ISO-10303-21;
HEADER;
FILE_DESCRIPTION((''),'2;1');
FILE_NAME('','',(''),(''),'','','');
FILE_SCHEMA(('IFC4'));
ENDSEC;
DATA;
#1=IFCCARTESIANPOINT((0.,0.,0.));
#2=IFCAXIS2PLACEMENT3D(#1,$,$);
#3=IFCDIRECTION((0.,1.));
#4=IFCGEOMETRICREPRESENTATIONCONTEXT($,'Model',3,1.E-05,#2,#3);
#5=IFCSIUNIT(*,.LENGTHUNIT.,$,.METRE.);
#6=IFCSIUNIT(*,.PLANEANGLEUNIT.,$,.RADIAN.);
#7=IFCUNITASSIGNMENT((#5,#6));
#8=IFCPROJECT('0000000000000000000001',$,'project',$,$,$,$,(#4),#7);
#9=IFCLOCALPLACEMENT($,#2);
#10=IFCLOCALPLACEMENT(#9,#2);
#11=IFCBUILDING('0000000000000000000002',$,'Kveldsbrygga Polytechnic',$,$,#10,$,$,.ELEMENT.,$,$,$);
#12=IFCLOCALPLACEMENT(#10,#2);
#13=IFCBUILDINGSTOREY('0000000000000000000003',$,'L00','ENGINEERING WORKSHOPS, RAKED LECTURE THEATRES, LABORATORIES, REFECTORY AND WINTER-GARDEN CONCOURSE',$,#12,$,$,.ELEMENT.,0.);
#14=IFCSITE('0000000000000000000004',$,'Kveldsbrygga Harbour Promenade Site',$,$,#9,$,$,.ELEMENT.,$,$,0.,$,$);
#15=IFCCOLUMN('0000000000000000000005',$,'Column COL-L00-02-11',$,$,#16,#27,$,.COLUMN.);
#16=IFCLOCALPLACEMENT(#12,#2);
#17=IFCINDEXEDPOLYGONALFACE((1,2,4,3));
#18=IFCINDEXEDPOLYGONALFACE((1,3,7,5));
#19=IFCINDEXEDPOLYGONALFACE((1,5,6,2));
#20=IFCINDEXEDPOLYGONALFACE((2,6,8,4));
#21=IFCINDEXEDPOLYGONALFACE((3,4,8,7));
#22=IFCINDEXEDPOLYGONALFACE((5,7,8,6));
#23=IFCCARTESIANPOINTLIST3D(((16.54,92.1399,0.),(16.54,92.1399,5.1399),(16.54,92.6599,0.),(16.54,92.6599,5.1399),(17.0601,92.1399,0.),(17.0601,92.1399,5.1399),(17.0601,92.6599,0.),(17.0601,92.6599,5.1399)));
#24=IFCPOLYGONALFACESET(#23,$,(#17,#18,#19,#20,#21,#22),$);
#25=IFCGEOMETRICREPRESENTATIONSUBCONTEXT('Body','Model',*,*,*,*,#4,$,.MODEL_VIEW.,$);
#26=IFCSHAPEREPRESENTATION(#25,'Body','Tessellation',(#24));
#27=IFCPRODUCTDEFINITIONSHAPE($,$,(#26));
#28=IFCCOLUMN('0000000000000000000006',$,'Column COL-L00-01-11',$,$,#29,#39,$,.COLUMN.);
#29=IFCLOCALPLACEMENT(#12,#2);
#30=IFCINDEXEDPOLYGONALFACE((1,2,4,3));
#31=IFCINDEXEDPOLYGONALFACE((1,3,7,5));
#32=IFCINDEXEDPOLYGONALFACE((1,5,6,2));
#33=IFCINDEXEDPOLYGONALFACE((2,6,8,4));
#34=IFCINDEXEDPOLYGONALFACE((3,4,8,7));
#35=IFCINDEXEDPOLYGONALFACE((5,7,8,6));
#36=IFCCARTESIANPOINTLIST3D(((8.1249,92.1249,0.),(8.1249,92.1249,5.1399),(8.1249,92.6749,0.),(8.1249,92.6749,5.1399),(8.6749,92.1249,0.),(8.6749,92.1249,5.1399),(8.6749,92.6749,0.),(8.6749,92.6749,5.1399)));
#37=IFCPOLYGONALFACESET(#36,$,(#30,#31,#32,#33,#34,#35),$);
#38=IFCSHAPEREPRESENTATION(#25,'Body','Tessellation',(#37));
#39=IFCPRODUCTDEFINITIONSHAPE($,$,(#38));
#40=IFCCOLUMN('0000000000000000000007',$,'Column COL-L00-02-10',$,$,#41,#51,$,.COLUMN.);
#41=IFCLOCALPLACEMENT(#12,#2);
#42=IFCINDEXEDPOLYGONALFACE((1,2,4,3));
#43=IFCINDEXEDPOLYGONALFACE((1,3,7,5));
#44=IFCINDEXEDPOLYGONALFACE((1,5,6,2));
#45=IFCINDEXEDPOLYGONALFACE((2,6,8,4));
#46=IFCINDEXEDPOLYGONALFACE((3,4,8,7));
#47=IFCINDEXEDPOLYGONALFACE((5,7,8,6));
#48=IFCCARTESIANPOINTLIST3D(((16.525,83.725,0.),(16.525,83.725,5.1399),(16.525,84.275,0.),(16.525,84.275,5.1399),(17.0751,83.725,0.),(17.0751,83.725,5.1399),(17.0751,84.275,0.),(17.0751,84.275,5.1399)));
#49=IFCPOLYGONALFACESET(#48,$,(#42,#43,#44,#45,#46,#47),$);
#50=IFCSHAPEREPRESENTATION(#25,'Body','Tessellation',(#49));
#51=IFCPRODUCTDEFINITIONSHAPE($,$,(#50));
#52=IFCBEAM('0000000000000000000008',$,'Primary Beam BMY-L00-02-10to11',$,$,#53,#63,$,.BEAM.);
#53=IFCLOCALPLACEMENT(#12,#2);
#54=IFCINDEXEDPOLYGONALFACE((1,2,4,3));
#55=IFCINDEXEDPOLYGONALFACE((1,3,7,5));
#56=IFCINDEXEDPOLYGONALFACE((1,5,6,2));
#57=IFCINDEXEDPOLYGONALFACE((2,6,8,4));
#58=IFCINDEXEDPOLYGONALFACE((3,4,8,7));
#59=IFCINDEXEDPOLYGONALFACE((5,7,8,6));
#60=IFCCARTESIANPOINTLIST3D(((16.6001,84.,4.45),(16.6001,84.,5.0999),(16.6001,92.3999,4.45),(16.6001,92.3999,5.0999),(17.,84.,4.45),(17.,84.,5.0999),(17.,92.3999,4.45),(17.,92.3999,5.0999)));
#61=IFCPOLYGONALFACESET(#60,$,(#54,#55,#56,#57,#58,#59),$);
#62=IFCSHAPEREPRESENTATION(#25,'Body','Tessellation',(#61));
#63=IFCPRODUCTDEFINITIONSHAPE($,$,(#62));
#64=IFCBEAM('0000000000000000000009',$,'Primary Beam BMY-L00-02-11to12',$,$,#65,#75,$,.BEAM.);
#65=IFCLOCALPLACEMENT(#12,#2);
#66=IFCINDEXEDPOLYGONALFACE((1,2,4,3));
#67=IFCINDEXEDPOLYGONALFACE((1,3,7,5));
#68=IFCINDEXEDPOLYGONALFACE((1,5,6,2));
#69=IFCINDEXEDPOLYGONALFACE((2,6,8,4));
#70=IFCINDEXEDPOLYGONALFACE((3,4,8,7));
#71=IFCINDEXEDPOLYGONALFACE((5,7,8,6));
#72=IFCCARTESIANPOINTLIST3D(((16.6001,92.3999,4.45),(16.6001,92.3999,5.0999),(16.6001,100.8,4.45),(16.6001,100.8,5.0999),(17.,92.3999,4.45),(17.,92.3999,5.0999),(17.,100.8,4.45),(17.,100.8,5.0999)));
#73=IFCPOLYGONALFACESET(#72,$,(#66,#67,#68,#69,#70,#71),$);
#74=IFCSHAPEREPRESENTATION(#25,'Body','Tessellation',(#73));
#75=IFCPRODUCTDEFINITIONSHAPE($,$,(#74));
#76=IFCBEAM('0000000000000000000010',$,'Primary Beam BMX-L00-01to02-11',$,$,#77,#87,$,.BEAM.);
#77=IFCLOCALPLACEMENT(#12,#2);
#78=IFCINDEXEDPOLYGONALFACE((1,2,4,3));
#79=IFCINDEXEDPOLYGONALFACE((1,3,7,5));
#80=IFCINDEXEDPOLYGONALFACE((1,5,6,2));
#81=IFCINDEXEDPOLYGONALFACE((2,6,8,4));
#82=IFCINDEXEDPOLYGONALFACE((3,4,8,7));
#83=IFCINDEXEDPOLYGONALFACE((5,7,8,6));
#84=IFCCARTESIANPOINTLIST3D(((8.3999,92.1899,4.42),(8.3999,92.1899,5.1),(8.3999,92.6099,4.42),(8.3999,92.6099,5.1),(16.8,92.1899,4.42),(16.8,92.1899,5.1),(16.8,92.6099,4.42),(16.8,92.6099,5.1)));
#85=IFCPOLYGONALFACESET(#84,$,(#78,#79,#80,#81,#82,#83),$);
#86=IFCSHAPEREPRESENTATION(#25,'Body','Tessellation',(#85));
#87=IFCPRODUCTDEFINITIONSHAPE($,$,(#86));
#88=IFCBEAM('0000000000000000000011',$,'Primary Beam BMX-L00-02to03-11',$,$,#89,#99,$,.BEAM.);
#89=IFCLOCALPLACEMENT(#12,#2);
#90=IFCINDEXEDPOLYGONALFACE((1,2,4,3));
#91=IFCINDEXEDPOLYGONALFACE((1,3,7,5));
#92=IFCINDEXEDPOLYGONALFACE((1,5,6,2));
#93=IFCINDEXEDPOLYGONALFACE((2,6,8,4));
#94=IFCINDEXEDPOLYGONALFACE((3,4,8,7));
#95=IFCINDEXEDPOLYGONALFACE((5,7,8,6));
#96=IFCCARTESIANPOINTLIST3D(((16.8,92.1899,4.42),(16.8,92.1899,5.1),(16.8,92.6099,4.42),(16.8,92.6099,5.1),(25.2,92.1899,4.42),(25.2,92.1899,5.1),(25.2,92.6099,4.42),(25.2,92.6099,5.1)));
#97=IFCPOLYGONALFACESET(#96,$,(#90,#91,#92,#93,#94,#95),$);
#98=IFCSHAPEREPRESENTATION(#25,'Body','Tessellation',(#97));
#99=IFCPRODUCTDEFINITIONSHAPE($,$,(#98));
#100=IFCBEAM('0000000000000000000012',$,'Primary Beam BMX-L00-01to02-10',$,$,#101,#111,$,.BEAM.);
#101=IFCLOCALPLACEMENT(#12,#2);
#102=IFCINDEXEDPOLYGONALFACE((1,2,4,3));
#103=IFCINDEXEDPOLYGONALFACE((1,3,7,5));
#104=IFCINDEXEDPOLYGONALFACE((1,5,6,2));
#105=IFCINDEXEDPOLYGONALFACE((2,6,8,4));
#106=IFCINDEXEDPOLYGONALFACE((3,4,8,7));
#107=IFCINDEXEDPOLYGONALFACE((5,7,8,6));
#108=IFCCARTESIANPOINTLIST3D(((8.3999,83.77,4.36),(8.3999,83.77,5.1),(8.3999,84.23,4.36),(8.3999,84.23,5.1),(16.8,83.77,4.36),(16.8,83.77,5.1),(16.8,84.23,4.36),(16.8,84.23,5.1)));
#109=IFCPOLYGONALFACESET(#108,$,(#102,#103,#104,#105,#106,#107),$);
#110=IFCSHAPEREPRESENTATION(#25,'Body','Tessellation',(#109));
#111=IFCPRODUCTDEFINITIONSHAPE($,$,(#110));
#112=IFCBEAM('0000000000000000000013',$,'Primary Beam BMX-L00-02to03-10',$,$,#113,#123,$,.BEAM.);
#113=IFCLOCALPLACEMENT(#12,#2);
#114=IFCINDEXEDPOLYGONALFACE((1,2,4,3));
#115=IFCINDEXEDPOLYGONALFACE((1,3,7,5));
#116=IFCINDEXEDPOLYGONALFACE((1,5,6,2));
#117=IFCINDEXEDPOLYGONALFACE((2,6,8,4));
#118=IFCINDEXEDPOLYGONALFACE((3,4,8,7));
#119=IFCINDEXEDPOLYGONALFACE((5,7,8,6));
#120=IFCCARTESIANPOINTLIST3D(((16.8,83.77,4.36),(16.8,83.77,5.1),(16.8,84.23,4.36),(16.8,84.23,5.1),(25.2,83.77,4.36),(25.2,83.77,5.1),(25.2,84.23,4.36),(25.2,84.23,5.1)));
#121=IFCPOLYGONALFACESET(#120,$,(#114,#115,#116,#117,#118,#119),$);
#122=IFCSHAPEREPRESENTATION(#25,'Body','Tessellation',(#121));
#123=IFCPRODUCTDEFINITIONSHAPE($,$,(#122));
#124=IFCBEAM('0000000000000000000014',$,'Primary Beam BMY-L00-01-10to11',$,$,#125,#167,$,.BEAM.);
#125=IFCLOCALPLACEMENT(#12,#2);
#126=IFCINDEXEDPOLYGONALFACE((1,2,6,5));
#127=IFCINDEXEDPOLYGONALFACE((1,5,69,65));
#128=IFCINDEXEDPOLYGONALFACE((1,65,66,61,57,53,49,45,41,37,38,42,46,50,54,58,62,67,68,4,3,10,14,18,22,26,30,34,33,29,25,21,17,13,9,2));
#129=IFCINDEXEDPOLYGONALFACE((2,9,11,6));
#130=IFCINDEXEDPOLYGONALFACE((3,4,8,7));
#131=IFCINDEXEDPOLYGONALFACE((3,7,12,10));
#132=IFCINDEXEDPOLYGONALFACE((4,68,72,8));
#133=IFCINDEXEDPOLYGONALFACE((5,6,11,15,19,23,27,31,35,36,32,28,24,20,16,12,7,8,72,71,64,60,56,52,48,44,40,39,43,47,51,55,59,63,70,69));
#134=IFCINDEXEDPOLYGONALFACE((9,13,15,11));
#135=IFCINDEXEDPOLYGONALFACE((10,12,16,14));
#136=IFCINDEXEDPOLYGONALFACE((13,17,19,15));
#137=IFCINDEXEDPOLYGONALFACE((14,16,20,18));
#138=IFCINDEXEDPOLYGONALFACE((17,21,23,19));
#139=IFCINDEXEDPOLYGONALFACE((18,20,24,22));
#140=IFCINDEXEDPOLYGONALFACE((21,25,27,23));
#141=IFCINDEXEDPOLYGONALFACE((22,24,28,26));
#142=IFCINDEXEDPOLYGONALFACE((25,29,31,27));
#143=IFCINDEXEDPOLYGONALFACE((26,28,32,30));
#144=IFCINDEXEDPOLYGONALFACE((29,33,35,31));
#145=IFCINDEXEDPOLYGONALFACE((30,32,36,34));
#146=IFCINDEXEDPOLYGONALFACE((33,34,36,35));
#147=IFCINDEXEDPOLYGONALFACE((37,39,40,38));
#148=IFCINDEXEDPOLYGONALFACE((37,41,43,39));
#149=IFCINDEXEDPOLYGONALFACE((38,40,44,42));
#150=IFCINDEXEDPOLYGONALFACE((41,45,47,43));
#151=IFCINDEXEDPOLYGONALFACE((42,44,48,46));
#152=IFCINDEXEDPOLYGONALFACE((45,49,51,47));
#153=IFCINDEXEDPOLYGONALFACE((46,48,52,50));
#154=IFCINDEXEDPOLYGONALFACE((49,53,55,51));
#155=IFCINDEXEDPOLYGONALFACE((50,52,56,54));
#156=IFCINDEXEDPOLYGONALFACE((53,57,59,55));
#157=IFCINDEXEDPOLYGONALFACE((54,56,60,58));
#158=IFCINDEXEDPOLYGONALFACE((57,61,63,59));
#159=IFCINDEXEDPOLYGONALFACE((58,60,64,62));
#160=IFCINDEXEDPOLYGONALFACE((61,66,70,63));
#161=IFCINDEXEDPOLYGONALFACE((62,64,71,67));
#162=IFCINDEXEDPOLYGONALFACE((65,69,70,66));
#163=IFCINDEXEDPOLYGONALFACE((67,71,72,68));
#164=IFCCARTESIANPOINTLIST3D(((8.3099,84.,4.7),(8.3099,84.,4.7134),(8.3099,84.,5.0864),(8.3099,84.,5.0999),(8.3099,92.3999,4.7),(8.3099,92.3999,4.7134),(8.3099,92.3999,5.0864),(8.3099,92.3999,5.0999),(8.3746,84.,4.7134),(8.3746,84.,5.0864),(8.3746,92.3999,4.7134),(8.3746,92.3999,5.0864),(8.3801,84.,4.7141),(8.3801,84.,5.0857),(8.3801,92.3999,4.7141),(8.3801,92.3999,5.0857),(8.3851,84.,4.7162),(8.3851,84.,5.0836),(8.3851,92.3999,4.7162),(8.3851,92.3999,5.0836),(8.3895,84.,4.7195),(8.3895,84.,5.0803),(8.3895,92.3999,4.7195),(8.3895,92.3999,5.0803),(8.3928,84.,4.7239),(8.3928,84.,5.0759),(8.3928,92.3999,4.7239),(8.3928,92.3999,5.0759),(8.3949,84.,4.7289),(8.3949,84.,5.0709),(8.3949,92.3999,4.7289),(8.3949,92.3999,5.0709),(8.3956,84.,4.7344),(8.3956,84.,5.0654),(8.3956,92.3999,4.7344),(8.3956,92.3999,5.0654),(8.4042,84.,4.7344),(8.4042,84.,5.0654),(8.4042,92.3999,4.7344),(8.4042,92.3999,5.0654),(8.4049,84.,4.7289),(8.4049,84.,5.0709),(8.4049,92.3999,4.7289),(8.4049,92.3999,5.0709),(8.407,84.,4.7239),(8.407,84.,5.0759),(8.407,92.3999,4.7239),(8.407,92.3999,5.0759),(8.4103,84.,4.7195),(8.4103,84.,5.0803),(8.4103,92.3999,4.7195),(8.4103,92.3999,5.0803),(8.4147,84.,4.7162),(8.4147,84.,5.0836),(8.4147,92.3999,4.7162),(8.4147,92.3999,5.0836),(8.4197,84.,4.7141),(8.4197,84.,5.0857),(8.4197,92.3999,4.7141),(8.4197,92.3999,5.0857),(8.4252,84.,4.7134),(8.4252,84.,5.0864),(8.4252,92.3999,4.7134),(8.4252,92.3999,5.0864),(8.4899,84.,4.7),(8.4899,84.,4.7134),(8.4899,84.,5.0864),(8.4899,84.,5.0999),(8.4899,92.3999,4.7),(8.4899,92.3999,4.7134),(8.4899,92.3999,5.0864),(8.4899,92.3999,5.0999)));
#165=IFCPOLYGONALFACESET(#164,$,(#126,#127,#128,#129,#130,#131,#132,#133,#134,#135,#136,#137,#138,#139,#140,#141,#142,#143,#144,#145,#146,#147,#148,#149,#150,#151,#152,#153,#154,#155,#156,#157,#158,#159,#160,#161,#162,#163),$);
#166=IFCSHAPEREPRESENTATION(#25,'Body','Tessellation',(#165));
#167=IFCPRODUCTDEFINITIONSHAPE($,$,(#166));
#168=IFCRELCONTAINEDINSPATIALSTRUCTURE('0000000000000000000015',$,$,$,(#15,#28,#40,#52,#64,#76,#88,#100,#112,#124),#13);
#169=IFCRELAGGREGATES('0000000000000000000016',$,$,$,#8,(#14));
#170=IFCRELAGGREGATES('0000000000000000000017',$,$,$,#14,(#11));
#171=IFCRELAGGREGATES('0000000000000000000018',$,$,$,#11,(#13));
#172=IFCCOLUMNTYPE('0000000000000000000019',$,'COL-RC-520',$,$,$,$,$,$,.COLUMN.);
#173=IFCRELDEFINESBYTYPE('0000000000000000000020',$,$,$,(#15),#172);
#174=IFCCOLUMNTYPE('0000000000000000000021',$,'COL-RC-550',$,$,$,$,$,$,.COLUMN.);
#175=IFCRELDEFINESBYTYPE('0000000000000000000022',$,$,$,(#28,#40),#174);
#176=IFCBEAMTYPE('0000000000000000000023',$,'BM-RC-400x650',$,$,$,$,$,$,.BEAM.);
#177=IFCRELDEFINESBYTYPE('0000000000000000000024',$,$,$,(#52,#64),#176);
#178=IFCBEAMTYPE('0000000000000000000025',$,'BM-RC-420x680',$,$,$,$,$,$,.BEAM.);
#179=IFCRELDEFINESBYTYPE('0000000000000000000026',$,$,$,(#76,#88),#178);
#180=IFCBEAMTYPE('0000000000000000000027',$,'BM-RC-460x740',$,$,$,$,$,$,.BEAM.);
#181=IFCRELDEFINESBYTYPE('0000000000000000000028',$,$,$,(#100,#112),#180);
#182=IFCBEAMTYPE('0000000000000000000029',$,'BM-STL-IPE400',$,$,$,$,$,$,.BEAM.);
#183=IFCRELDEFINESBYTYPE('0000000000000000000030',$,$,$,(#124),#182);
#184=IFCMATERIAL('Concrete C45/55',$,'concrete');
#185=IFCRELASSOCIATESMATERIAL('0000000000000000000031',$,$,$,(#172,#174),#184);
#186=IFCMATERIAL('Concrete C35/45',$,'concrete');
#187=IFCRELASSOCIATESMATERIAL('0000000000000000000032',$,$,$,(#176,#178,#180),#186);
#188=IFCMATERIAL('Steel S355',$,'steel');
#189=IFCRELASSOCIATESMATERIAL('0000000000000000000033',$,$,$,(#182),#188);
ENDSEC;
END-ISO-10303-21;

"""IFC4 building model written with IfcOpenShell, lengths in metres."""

from ifc_helpers import new_model, si_unit, direction, frame, origin, origin_2d, place, context, subcontext, project, spatial, rectangle, i_section, extrude, material, material_profile, profile_set, type_object, element, save


model = new_model("IFC4")

# Units and contexts
model_context = context("Model", 3, precision=1e-05, world=origin(), true_north=direction((0.0, 1.0)))
body_context = subcontext(model_context, "Body", "Model", "MODEL_VIEW")
ifc_project = project(units=[si_unit("LENGTHUNIT", "METRE"), si_unit("PLANEANGLEUNIT", "RADIAN")], contexts=[model_context])

# Site, building, storey
site_placement = place(None, origin())
site = spatial("IfcSite", under=ifc_project, at=site_placement, Name="Kveldsbrygga Harbour Promenade Site", CompositionType="ELEMENT", RefElevation=0.0)
building_placement = place(site_placement, origin())
building = spatial("IfcBuilding", under=site, at=building_placement, Name="Kveldsbrygga Polytechnic", CompositionType="ELEMENT")
storey_placement = place(building_placement, origin())
storey = spatial("IfcBuildingStorey", under=building, at=storey_placement, Name="L00", Description="ENGINEERING WORKSHOPS, RAKED LECTURE THEATRES, LABORATORIES, REFECTORY AND WINTER-GARDEN CONCOURSE", CompositionType="ELEMENT", Elevation=0.0)

# Columns
ifc_material_1 = material(Name="Concrete C45/55", Category="concrete")
ifc_material_profile_1 = material_profile(ifc_material_1, rectangle(XDim=0.52, YDim=0.52, at=origin_2d()), Name="RC 520x520")
ifc_profile_set_1 = profile_set([ifc_material_profile_1], Name="Concrete C45/55")
column_type_1 = type_object("IfcColumnType", Name="COL-RC-520", PredefinedType="COLUMN", material=ifc_profile_set_1)
column_placement = place(storey_placement, frame((16.8, 92.3999, 0.0), z_axis=(0.0, 0.0, 1.0), x_axis=(1.0, 0.0, 0.0)))
element("IfcColumn", 1, at=column_placement, inside=storey, type_object=column_type_1, Name="Column COL-L00-02-11", PredefinedType="COLUMN", context=body_context, shape_type="SweptSolid", body=[
    extrude(rectangle(XDim=0.52, YDim=0.52, at=origin_2d()), origin(), (0.0, 0.0, 1.0), 5.1399),
])
ifc_material_profile_2 = material_profile(ifc_material_1, rectangle(XDim=0.55, YDim=0.55, at=origin_2d()), Name="RC 550x550")
ifc_profile_set_2 = profile_set([ifc_material_profile_2], Name="Concrete C45/55")
column_type_2 = type_object("IfcColumnType", Name="COL-RC-550", PredefinedType="COLUMN", material=ifc_profile_set_2)
for number, where, z_axis, x_axis, name in (
    (2, (8.3999, 92.3999, 0.0), (0.0, 0.0, 1.0), (1.0, 0.0, 0.0), "Column COL-L00-01-11"),
    (3, (16.8, 84.0, 0.0), (0.0, 0.0, 1.0), (1.0, 0.0, 0.0), "Column COL-L00-02-10"),
):
    element("IfcColumn", number, at=place(storey_placement, frame(where, z_axis=z_axis, x_axis=x_axis)), inside=storey, type_object=column_type_2, Name=name, PredefinedType="COLUMN", context=body_context, shape_type="SweptSolid", body=[
        extrude(rectangle(XDim=0.55, YDim=0.55, at=origin_2d()), origin(), (0.0, 0.0, 1.0), 5.1399),
    ])

# Beams
ifc_material_2 = material(Name="Concrete C35/45", Category="concrete")
ifc_material_profile_3 = material_profile(ifc_material_2, rectangle(XDim=0.3999, YDim=0.6499, at=origin_2d()), Name="RC 400x650")
ifc_profile_set_3 = profile_set([ifc_material_profile_3], Name="Concrete C35/45")
beam_type_1 = type_object("IfcBeamType", Name="BM-RC-400x650", PredefinedType="BEAM", material=ifc_profile_set_3)
beam_1_placement = place(storey_placement, frame((16.8, 84.0, 4.7749), z_axis=(0.0, 1.0, 0.0), x_axis=(-1.0, 0.0, 0.0)))
element("IfcBeam", 4, at=beam_1_placement, inside=storey, type_object=beam_type_1, Name="Primary Beam BMY-L00-02-10to11", PredefinedType="BEAM", context=body_context, shape_type="SweptSolid", body=[
    extrude(rectangle(XDim=0.3999, YDim=0.6499, at=origin_2d()), origin(), (0.0, 0.0, 1.0), 8.3999),
])
beam_2_placement = place(storey_placement, frame((16.8, 92.3999, 4.7749), z_axis=(0.0, 1.0, 0.0), x_axis=(-1.0, 0.0, 0.0)))
element("IfcBeam", 5, at=beam_2_placement, inside=storey, type_object=beam_type_1, Name="Primary Beam BMY-L00-02-11to12", PredefinedType="BEAM", context=body_context, shape_type="SweptSolid", body=[
    extrude(rectangle(XDim=0.3999, YDim=0.6499, at=origin_2d()), origin(), (0.0, 0.0, 1.0), 8.4001),
])
ifc_material_profile_4 = material_profile(ifc_material_2, rectangle(XDim=0.4199, YDim=0.6799, at=origin_2d()), Name="RC 420x680")
ifc_profile_set_4 = profile_set([ifc_material_profile_4], Name="Concrete C35/45")
beam_type_2 = type_object("IfcBeamType", Name="BM-RC-420x680", PredefinedType="BEAM", material=ifc_profile_set_4)
beam_3_placement = place(storey_placement, frame((8.3999, 92.3999, 4.76), z_axis=(1.0, 0.0, 0.0), x_axis=(0.0, 1.0, 0.0)))
element("IfcBeam", 6, at=beam_3_placement, inside=storey, type_object=beam_type_2, Name="Primary Beam BMX-L00-01to02-11", PredefinedType="BEAM", context=body_context, shape_type="SweptSolid", body=[
    extrude(rectangle(XDim=0.4199, YDim=0.6799, at=origin_2d()), origin(), (0.0, 0.0, 1.0), 8.4001),
])
beam_4_placement = place(storey_placement, frame((16.8, 92.3999, 4.76), z_axis=(1.0, 0.0, 0.0), x_axis=(0.0, 1.0, 0.0)))
element("IfcBeam", 7, at=beam_4_placement, inside=storey, type_object=beam_type_2, Name="Primary Beam BMX-L00-02to03-11", PredefinedType="BEAM", context=body_context, shape_type="SweptSolid", body=[
    extrude(rectangle(XDim=0.4199, YDim=0.6799, at=origin_2d()), origin(), (0.0, 0.0, 1.0), 8.3999),
])
ifc_material_profile_5 = material_profile(ifc_material_2, rectangle(XDim=0.46, YDim=0.74, at=origin_2d()), Name="RC 460x740")
ifc_profile_set_5 = profile_set([ifc_material_profile_5], Name="Concrete C35/45")
beam_type_3 = type_object("IfcBeamType", Name="BM-RC-460x740", PredefinedType="BEAM", material=ifc_profile_set_5)
beam_5_placement = place(storey_placement, frame((8.3999, 84.0, 4.73), z_axis=(1.0, 0.0, 0.0), x_axis=(0.0, 1.0, 0.0)))
element("IfcBeam", 8, at=beam_5_placement, inside=storey, type_object=beam_type_3, Name="Primary Beam BMX-L00-01to02-10", PredefinedType="BEAM", context=body_context, shape_type="SweptSolid", body=[
    extrude(rectangle(XDim=0.46, YDim=0.74, at=origin_2d()), origin(), (0.0, 0.0, 1.0), 8.4001),
])
beam_6_placement = place(storey_placement, frame((16.8, 84.0, 4.73), z_axis=(1.0, 0.0, 0.0), x_axis=(0.0, 1.0, 0.0)))
element("IfcBeam", 9, at=beam_6_placement, inside=storey, type_object=beam_type_3, Name="Primary Beam BMX-L00-02to03-10", PredefinedType="BEAM", context=body_context, shape_type="SweptSolid", body=[
    extrude(rectangle(XDim=0.46, YDim=0.74, at=origin_2d()), origin(), (0.0, 0.0, 1.0), 8.3999),
])
ifc_material_3 = material(Name="Steel S355", Category="steel")
ifc_material_profile_6 = material_profile(ifc_material_3, i_section(OverallWidth=0.1799, OverallDepth=0.3999, WebThickness=0.0085, FlangeThickness=0.0134, FilletRadius=0.021, at=origin_2d()), Name="IPE 400")
ifc_profile_set_6 = profile_set([ifc_material_profile_6], Name="Steel S355")
beam_type_4 = type_object("IfcBeamType", Name="BM-STL-IPE400", PredefinedType="BEAM", material=ifc_profile_set_6)
beam_7_placement = place(storey_placement, frame((8.3999, 84.0, 4.8999), z_axis=(0.0, 1.0, 0.0), x_axis=(-1.0, 0.0, 0.0)))
element("IfcBeam", 10, at=beam_7_placement, inside=storey, type_object=beam_type_4, Name="Primary Beam BMY-L00-01-10to11", PredefinedType="BEAM", context=body_context, shape_type="SweptSolid", body=[
    extrude(i_section(OverallWidth=0.1799, OverallDepth=0.3999, WebThickness=0.0085, FlangeThickness=0.0134, FilletRadius=0.021, at=origin_2d()), origin(), (0.0, 0.0, 1.0), 8.3999),
])

save(model, "model.ifc")
